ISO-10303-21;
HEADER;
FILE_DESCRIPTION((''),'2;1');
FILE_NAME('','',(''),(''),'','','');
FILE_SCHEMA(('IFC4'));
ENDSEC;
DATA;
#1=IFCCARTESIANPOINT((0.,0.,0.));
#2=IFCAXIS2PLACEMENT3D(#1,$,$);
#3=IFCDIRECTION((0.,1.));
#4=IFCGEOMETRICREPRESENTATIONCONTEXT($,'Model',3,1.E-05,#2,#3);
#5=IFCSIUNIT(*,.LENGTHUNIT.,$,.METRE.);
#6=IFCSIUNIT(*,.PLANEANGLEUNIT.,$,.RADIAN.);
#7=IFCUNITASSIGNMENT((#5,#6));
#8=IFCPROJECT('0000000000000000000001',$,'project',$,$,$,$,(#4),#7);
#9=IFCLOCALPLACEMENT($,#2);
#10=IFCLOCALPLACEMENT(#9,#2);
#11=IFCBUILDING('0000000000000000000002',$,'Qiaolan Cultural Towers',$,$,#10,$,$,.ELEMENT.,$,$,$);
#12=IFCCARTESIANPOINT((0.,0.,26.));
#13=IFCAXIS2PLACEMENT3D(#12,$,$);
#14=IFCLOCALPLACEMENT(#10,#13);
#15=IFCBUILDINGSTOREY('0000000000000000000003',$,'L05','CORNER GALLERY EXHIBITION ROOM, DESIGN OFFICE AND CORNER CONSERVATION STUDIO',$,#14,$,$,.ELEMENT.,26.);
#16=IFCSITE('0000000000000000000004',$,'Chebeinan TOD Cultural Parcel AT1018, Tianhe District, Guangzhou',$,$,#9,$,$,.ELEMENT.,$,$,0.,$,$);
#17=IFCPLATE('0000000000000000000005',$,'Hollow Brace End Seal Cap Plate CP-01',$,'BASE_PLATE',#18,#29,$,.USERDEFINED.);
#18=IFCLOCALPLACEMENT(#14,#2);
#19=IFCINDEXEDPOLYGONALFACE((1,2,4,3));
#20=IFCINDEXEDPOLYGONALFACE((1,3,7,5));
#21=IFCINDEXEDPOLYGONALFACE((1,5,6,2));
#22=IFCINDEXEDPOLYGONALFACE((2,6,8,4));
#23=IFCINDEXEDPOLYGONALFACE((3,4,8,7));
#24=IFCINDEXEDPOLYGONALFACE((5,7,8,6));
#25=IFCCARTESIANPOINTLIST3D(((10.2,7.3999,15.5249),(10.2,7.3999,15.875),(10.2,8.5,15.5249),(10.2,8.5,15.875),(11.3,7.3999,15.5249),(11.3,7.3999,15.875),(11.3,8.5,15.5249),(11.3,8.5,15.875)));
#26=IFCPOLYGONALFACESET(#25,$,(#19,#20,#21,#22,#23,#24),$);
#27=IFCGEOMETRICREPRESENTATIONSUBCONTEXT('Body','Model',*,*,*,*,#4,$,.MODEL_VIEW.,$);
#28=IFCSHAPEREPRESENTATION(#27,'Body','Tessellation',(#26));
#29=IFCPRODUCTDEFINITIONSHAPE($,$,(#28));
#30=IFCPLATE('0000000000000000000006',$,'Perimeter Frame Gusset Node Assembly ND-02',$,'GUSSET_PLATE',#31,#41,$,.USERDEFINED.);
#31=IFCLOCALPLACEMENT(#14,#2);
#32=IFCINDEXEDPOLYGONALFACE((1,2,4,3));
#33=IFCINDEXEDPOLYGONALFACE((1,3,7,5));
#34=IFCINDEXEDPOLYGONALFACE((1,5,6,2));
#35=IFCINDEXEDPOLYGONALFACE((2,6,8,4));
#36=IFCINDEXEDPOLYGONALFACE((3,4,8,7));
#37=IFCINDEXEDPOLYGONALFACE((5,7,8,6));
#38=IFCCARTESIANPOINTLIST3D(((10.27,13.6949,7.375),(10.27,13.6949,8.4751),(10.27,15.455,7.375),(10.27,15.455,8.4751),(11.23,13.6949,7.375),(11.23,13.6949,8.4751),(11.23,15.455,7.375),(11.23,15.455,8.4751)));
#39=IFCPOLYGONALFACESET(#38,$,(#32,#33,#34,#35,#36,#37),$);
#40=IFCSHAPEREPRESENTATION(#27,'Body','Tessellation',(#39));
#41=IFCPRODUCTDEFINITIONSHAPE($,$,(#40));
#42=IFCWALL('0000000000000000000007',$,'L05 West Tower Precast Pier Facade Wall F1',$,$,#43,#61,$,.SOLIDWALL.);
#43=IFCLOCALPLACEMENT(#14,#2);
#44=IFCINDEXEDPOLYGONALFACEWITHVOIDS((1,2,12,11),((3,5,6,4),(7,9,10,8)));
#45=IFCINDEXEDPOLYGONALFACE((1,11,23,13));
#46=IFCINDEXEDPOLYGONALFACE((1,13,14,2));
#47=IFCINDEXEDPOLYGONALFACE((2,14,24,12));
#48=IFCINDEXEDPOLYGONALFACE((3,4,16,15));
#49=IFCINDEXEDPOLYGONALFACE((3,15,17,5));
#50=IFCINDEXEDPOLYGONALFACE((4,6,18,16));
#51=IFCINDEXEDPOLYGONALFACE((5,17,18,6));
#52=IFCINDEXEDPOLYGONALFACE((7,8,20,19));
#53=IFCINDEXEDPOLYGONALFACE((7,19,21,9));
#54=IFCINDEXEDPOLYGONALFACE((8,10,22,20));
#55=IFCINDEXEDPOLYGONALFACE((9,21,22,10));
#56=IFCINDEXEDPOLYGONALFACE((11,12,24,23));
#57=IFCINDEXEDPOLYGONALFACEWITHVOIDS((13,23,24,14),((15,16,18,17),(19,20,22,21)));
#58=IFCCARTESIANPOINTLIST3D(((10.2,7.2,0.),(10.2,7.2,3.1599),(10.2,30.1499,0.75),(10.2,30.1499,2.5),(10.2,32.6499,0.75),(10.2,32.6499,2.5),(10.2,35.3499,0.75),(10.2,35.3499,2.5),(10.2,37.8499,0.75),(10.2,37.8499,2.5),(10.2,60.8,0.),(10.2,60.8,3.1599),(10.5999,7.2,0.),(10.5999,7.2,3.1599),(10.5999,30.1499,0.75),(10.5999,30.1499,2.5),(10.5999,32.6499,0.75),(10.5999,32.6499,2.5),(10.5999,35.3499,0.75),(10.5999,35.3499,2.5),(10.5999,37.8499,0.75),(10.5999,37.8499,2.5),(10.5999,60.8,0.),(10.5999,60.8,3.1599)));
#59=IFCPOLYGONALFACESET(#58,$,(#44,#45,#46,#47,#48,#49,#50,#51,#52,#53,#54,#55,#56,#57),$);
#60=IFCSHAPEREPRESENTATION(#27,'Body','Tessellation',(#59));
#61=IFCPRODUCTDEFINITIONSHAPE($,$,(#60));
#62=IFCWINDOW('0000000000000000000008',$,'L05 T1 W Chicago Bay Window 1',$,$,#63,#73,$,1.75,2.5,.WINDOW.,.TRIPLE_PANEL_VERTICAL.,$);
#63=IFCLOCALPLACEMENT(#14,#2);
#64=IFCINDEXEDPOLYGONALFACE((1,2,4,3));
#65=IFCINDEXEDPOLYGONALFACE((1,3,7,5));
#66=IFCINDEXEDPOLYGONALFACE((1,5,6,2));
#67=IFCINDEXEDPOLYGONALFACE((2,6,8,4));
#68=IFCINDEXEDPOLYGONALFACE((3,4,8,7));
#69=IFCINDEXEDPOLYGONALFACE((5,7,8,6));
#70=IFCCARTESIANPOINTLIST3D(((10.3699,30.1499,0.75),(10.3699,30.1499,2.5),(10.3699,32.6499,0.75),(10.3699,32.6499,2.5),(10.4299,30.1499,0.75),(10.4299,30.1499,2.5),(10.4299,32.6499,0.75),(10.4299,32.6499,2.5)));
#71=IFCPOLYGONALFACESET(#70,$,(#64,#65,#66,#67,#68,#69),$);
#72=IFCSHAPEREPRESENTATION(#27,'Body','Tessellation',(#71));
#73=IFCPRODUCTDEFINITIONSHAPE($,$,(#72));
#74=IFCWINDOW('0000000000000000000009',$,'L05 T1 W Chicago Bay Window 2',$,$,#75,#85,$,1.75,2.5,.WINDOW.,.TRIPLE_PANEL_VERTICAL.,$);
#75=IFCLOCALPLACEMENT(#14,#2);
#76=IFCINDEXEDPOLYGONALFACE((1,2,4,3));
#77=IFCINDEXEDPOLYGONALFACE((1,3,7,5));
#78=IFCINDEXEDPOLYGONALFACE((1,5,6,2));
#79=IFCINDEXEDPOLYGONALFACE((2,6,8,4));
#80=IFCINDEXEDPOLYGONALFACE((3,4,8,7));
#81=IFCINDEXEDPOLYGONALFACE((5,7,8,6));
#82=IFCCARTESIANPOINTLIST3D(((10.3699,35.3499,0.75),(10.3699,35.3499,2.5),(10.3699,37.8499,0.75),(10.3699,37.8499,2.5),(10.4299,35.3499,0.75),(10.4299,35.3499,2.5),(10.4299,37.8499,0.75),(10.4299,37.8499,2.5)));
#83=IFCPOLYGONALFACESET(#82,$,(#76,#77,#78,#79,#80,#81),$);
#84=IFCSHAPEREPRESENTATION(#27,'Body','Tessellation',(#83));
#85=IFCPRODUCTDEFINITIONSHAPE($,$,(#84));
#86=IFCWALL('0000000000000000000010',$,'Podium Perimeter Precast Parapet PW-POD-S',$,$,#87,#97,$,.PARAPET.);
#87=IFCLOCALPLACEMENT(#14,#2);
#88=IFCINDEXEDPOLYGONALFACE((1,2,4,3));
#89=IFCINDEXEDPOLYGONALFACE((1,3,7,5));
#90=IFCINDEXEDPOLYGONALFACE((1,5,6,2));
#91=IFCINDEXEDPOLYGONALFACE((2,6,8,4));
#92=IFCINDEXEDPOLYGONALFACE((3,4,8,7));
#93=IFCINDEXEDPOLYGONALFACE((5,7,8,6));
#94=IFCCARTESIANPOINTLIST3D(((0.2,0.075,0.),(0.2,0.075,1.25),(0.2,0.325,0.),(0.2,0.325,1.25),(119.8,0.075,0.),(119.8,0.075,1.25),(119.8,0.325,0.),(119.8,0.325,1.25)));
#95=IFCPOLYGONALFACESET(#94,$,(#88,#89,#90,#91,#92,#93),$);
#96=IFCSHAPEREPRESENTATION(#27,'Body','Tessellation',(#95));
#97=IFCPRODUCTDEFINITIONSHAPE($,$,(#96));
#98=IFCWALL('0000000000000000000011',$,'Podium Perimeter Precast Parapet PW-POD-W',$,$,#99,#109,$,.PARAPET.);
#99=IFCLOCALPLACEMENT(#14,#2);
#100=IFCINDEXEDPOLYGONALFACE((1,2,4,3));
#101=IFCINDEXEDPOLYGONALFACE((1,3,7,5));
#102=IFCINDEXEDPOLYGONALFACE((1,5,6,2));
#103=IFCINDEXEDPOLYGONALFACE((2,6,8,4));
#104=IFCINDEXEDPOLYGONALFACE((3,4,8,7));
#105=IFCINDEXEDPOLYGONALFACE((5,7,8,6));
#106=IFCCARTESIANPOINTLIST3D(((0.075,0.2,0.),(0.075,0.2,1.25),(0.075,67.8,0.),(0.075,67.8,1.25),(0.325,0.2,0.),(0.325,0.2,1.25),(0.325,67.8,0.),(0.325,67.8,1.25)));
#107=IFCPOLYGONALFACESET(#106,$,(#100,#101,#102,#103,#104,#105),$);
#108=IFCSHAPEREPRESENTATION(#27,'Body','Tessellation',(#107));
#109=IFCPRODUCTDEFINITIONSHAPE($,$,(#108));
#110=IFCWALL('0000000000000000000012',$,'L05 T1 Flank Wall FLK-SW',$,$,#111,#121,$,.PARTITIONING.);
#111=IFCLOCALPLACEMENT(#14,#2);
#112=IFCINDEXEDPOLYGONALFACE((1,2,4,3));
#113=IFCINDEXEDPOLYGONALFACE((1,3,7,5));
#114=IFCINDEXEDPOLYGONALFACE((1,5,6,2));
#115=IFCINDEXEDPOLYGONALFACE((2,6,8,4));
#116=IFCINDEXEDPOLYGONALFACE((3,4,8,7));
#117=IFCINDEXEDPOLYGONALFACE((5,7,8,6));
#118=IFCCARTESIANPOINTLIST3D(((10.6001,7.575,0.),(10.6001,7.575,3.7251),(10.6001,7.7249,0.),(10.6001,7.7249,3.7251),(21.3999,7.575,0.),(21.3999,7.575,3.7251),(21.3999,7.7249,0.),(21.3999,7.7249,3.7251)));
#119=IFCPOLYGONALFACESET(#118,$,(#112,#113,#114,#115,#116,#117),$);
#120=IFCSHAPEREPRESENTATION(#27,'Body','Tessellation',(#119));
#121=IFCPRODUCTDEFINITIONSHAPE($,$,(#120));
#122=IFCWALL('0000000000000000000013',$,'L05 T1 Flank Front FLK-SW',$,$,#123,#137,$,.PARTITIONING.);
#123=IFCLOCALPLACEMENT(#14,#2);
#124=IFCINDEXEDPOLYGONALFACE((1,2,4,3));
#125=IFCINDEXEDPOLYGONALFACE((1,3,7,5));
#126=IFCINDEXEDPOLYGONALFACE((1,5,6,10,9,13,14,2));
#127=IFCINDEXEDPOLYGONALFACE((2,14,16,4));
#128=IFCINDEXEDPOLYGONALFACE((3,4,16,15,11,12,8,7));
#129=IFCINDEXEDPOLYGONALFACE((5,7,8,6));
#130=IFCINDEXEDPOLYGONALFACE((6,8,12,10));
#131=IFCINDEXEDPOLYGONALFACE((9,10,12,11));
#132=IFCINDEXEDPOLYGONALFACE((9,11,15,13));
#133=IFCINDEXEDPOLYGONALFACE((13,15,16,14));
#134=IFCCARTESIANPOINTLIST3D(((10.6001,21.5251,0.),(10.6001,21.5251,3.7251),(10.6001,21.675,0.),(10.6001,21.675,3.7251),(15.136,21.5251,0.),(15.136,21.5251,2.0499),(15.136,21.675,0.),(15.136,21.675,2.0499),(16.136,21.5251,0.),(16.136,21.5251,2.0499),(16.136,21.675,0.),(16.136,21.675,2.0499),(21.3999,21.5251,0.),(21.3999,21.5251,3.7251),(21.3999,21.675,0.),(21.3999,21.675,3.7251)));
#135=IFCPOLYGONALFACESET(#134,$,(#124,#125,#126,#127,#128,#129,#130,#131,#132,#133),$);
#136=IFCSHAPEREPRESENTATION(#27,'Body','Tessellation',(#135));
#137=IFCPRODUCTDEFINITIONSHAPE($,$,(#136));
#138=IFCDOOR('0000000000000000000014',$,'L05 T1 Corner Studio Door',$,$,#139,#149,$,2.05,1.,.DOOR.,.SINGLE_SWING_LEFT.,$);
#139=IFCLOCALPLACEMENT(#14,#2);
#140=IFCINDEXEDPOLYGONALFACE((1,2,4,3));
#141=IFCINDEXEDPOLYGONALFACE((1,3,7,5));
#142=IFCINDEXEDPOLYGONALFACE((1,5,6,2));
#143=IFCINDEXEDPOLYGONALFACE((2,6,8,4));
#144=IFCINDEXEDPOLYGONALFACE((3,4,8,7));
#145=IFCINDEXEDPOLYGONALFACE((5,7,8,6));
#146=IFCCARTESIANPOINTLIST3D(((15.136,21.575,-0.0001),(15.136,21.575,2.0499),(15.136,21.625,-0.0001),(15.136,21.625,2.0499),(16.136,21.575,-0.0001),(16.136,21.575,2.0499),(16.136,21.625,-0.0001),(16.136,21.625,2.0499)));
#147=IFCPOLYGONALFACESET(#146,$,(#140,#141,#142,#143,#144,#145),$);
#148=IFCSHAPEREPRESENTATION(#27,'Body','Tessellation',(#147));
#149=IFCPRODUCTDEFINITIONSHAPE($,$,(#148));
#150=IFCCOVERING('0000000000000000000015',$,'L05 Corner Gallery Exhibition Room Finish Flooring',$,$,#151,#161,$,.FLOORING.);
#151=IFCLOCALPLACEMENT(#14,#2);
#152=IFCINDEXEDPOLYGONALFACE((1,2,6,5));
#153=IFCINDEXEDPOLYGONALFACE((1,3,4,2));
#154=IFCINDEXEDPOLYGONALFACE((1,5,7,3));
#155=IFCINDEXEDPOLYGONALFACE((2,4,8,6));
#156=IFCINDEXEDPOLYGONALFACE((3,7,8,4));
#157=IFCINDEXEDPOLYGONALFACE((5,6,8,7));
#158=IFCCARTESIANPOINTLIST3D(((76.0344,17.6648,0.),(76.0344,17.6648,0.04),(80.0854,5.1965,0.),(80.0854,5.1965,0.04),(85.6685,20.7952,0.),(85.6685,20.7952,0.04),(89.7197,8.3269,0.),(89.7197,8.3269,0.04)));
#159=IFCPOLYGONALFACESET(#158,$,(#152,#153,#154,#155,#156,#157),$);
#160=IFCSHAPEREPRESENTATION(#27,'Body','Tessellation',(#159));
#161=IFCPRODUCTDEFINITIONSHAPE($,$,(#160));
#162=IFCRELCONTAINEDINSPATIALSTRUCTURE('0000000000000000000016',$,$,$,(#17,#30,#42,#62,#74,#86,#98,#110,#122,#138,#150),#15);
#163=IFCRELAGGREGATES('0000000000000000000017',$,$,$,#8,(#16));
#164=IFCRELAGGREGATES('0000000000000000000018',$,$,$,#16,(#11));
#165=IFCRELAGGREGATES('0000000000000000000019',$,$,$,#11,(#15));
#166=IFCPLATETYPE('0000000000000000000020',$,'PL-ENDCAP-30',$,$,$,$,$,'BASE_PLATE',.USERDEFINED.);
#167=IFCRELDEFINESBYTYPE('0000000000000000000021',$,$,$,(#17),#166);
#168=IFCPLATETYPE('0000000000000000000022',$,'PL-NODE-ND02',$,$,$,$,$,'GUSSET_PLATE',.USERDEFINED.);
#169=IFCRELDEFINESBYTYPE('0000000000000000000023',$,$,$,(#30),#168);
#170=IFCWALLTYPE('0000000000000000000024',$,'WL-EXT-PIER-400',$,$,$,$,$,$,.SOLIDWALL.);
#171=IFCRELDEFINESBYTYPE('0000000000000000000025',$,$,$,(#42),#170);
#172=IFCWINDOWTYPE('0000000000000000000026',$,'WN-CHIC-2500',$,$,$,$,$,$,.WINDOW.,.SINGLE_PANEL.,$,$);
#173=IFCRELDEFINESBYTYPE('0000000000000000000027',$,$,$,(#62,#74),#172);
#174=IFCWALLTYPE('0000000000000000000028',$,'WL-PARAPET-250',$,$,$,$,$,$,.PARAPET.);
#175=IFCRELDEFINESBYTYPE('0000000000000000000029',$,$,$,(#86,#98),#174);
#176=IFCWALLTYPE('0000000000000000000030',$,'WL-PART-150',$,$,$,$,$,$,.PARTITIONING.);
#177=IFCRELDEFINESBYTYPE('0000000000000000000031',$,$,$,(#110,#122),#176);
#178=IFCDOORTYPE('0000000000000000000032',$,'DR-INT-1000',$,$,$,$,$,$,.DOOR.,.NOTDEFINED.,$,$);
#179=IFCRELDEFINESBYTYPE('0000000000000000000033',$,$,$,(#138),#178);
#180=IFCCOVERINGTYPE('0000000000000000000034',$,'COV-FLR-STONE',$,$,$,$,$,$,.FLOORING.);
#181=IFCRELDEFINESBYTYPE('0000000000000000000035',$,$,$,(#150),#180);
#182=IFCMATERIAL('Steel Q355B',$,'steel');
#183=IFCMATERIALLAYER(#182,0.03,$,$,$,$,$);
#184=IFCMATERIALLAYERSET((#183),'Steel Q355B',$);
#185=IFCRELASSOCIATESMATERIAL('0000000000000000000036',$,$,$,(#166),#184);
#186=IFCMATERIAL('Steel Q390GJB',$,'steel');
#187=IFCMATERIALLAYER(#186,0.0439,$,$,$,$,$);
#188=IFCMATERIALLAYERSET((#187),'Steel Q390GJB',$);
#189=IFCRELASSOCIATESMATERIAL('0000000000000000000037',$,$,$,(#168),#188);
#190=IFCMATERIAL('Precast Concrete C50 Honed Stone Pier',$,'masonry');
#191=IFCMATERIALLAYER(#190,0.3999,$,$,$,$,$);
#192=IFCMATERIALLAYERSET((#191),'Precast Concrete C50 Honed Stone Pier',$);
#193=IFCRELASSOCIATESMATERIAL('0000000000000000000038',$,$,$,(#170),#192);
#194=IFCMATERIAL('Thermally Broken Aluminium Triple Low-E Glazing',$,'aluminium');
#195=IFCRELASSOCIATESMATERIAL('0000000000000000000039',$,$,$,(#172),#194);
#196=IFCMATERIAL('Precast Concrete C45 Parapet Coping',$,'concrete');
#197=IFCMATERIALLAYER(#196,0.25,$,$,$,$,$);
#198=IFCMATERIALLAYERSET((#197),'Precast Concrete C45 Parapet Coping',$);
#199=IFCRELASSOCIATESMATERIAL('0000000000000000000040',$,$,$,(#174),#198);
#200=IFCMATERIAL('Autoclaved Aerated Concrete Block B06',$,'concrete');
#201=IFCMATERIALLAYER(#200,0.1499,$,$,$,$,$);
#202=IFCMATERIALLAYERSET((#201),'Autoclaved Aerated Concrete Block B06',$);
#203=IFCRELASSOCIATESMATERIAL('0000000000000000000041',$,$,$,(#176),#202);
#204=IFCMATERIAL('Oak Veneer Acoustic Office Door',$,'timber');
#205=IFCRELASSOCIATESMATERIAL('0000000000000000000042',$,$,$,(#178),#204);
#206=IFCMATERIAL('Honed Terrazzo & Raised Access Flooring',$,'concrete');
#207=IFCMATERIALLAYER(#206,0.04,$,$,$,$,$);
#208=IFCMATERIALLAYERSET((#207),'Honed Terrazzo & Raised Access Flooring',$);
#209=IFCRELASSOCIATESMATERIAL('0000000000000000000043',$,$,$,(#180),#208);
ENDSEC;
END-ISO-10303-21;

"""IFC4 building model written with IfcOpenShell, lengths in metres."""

from ifc_helpers import new_model, si_unit, direction, frame, frame_2d, origin, origin_2d, place, context, subcontext, project, spatial, polyline, rectangle, outline, extrude, material, layer, layer_set, type_object, element, fill, save


model = new_model("IFC4")

# Units and contexts
model_context = context("Model", 3, precision=1e-05, world=origin(), true_north=direction((0.0, 1.0)))
body_context = subcontext(model_context, "Body", "Model", "MODEL_VIEW")
ifc_project = project(units=[si_unit("LENGTHUNIT", "METRE"), si_unit("PLANEANGLEUNIT", "RADIAN")], contexts=[model_context])

# Site, building, storey
site_placement = place(None, origin())
site = spatial("IfcSite", under=ifc_project, at=site_placement, Name="Chebeinan TOD Cultural Parcel AT1018, Tianhe District, Guangzhou", CompositionType="ELEMENT", RefElevation=0.0)
building_placement = place(site_placement, origin())
building = spatial("IfcBuilding", under=site, at=building_placement, Name="Qiaolan Cultural Towers", CompositionType="ELEMENT")
storey_placement = place(building_placement, frame((0.0, 0.0, 26.0)))
storey = spatial("IfcBuildingStorey", under=building, at=storey_placement, Name="L05", Description="CORNER GALLERY EXHIBITION ROOM, DESIGN OFFICE AND CORNER CONSERVATION STUDIO", CompositionType="ELEMENT", Elevation=26.0)

# Plates
ifc_material_1 = material(Name="Steel Q355B", Category="steel")
ifc_layer_1 = layer(ifc_material_1, 0.03)
ifc_layer_set_1 = layer_set([ifc_layer_1], Name="Steel Q355B")
plate_type_1 = type_object("IfcPlateType", Name="PL-ENDCAP-30", ElementType="BASE_PLATE", PredefinedType="USERDEFINED", material=ifc_layer_set_1)
for number, where, z_axis, x_axis, name in (
    (1, (10.75, 7.95, 15.5249), (0.0, 0.0, 1.0), (0.0, 1.0, 0.0), "Hollow Brace End Seal Cap Plate CP-01"),
):
    element("IfcPlate", number, at=place(storey_placement, frame(where, z_axis=z_axis, x_axis=x_axis)), inside=storey, type_object=plate_type_1, Name=name, ObjectType="BASE_PLATE", PredefinedType="USERDEFINED", context=body_context, shape_type="SweptSolid", body=[
        extrude(rectangle(XDim=1.1001, YDim=1.1001, at=origin_2d()), origin(), (0.0, 0.0, 1.0), 0.3501),
    ])
ifc_material_2 = material(Name="Steel Q390GJB", Category="steel")
ifc_layer_2 = layer(ifc_material_2, 0.0439)
ifc_layer_set_2 = layer_set([ifc_layer_2], Name="Steel Q390GJB")
plate_type_2 = type_object("IfcPlateType", Name="PL-NODE-ND02", ElementType="GUSSET_PLATE", PredefinedType="USERDEFINED", material=ifc_layer_set_2)
plate_placement = place(storey_placement, frame((10.75, 14.575, 7.375), z_axis=(0.0, 0.0, 1.0), x_axis=(0.0, 1.0, 0.0)))
element("IfcPlate", 2, at=plate_placement, inside=storey, type_object=plate_type_2, Name="Perimeter Frame Gusset Node Assembly ND-02", ObjectType="GUSSET_PLATE", PredefinedType="USERDEFINED", context=body_context, shape_type="SweptSolid", body=[
    extrude(rectangle(XDim=1.76, YDim=0.96, at=origin_2d()), origin(), (0.0, 0.0, 1.0), 1.1001),
])

# Wall, openings, windows
ifc_material_3 = material(Name="Precast Concrete C50 Honed Stone Pier", Category="masonry")
ifc_layer_3 = layer(ifc_material_3, 0.3999)
ifc_layer_set_3 = layer_set([ifc_layer_3], Name="Precast Concrete C50 Honed Stone Pier")
wall_type_1 = type_object("IfcWallType", Name="WL-EXT-PIER-400", PredefinedType="SOLIDWALL", material=ifc_layer_set_3)
wall_1_placement = place(storey_placement, frame((10.3999, 7.2, 0.0), z_axis=(0.0, 0.0, 1.0), x_axis=(0.0, 1.0, 0.0)))
wall_1 = element("IfcWall", 3, at=wall_1_placement, inside=storey, type_object=wall_type_1, Name="L05 West Tower Precast Pier Facade Wall F1", PredefinedType="SOLIDWALL", context=body_context, shape_type="SweptSolid", body=[
    extrude(rectangle(XDim=53.6001, YDim=0.3999, at=frame_2d((26.8, 0.0))), origin(), (0.0, 0.0, 1.0), 3.1599),
])
opening_1_placement = place(wall_1_placement, frame((22.95, 0.0, 0.75)))
opening_1 = element("IfcOpeningElement", 4, at=opening_1_placement, cuts=wall_1, PredefinedType="OPENING", context=body_context, shape_type="SweptSolid", body=[
    extrude(rectangle(XDim=2.5, YDim=1.75, at=frame_2d((1.25, 0.875))), frame((0.0, 0.21, 0.0), z_axis=(0.0, -1.0, 0.0), x_axis=(1.0, 0.0, 0.0)), (0.0, 0.0, 1.0), 0.4199),
])
opening_2_placement = place(wall_1_placement, frame((28.1499, 0.0, 0.75)))
opening_2 = element("IfcOpeningElement", 5, at=opening_2_placement, cuts=wall_1, PredefinedType="OPENING", context=body_context, shape_type="SweptSolid", body=[
    extrude(rectangle(XDim=2.5, YDim=1.75, at=frame_2d((1.25, 0.875))), frame((0.0, 0.21, 0.0), z_axis=(0.0, -1.0, 0.0), x_axis=(1.0, 0.0, 0.0)), (0.0, 0.0, 1.0), 0.4199),
])
ifc_material_4 = material(Name="Thermally Broken Aluminium Triple Low-E Glazing", Category="aluminium")
window_type = type_object("IfcWindowType", Name="WN-CHIC-2500", PartitioningType="SINGLE_PANEL", PredefinedType="WINDOW", material=ifc_material_4)
window_1_placement = place(opening_1_placement, origin())
window_1 = element("IfcWindow", 6, at=window_1_placement, inside=storey, type_object=window_type, Name="L05 T1 W Chicago Bay Window 1", OverallHeight=1.75, OverallWidth=2.5, PartitioningType="TRIPLE_PANEL_VERTICAL", PredefinedType="WINDOW", context=body_context, shape_type="SweptSolid", body=[
    extrude(rectangle(XDim=2.5, YDim=1.75, at=frame_2d((1.25, 0.875))), frame((0.0, 0.03, 0.0), z_axis=(0.0, -1.0, 0.0), x_axis=(1.0, 0.0, 0.0)), (0.0, 0.0, 1.0), 0.0601),
])
fill(opening_1, window_1)
window_2_placement = place(opening_2_placement, origin())
window_2 = element("IfcWindow", 7, at=window_2_placement, inside=storey, type_object=window_type, Name="L05 T1 W Chicago Bay Window 2", OverallHeight=1.75, OverallWidth=2.5, PartitioningType="TRIPLE_PANEL_VERTICAL", PredefinedType="WINDOW", context=body_context, shape_type="SweptSolid", body=[
    extrude(rectangle(XDim=2.5, YDim=1.75, at=frame_2d((1.25, 0.875))), frame((0.0, 0.03, 0.0), z_axis=(0.0, -1.0, 0.0), x_axis=(1.0, 0.0, 0.0)), (0.0, 0.0, 1.0), 0.0601),
])
fill(opening_2, window_2)

# Walls
ifc_material_5 = material(Name="Precast Concrete C45 Parapet Coping", Category="concrete")
ifc_layer_4 = layer(ifc_material_5, 0.25)
ifc_layer_set_4 = layer_set([ifc_layer_4], Name="Precast Concrete C45 Parapet Coping")
wall_type_2 = type_object("IfcWallType", Name="WL-PARAPET-250", PredefinedType="PARAPET", material=ifc_layer_set_4)
wall_2_placement = place(storey_placement, frame((0.2, 0.2, 0.0), z_axis=(0.0, 0.0, 1.0), x_axis=(1.0, 0.0, 0.0)))
element("IfcWall", 8, at=wall_2_placement, inside=storey, type_object=wall_type_2, Name="Podium Perimeter Precast Parapet PW-POD-S", PredefinedType="PARAPET", context=body_context, shape_type="SweptSolid", body=[
    extrude(rectangle(XDim=119.6001, YDim=0.25, at=frame_2d((59.8, 0.0))), origin(), (0.0, 0.0, 1.0), 1.25),
])
wall_3_placement = place(storey_placement, frame((0.2, 0.2, 0.0), z_axis=(0.0, 0.0, 1.0), x_axis=(0.0, 1.0, 0.0)))
element("IfcWall", 9, at=wall_3_placement, inside=storey, type_object=wall_type_2, Name="Podium Perimeter Precast Parapet PW-POD-W", PredefinedType="PARAPET", context=body_context, shape_type="SweptSolid", body=[
    extrude(rectangle(XDim=67.6001, YDim=0.25, at=frame_2d((33.8, 0.0))), origin(), (0.0, 0.0, 1.0), 1.25),
])
ifc_material_6 = material(Name="Autoclaved Aerated Concrete Block B06", Category="concrete")
ifc_layer_5 = layer(ifc_material_6, 0.1499)
ifc_layer_set_5 = layer_set([ifc_layer_5], Name="Autoclaved Aerated Concrete Block B06")
wall_type_3 = type_object("IfcWallType", Name="WL-PART-150", PredefinedType="PARTITIONING", material=ifc_layer_set_5)
wall_4_placement = place(storey_placement, frame((10.6001, 7.6499, 0.0), z_axis=(0.0, 0.0, 1.0), x_axis=(1.0, 0.0, 0.0)))
element("IfcWall", 10, at=wall_4_placement, inside=storey, type_object=wall_type_3, Name="L05 T1 Flank Wall FLK-SW", PredefinedType="PARTITIONING", context=body_context, shape_type="SweptSolid", body=[
    extrude(rectangle(XDim=10.7998, YDim=0.1499, at=frame_2d((5.3999, 0.0))), origin(), (0.0, 0.0, 1.0), 3.7251),
])

# Wall, opening, door
wall_5_placement = place(storey_placement, frame((10.6001, 21.6001, 0.0), z_axis=(0.0, 0.0, 1.0), x_axis=(1.0, 0.0, 0.0)))
wall_5 = element("IfcWall", 11, at=wall_5_placement, inside=storey, type_object=wall_type_3, Name="L05 T1 Flank Front FLK-SW", PredefinedType="PARTITIONING", context=body_context, shape_type="SweptSolid", body=[
    extrude(rectangle(XDim=10.7998, YDim=0.1499, at=frame_2d((5.3999, 0.0))), origin(), (0.0, 0.0, 1.0), 3.7251),
])
opening_3_placement = place(wall_5_placement, frame((4.5359, 0.0, 0.0)))
opening_3 = element("IfcOpeningElement", 12, at=opening_3_placement, cuts=wall_5, PredefinedType="OPENING", context=body_context, shape_type="SweptSolid", body=[
    extrude(rectangle(XDim=1.0, YDim=2.05, at=frame_2d((0.5, 1.0249))), frame((0.0, 0.085, 0.0), z_axis=(0.0, -1.0, 0.0), x_axis=(1.0, 0.0, 0.0)), (0.0, 0.0, 1.0), 0.1699),
])
ifc_material_7 = material(Name="Oak Veneer Acoustic Office Door", Category="timber")
door_type = type_object("IfcDoorType", Name="DR-INT-1000", OperationType="NOTDEFINED", PredefinedType="DOOR", material=ifc_material_7)
door_placement = place(opening_3_placement, origin())
door = element("IfcDoor", 13, at=door_placement, inside=storey, type_object=door_type, Name="L05 T1 Corner Studio Door", OperationType="SINGLE_SWING_LEFT", OverallHeight=2.05, OverallWidth=1.0, PredefinedType="DOOR", context=body_context, shape_type="SweptSolid", body=[
    extrude(rectangle(XDim=1.0, YDim=2.05, at=frame_2d((0.5, 1.0249))), frame((0.0, 0.0249, 0.0), z_axis=(0.0, -1.0, 0.0), x_axis=(1.0, 0.0, 0.0)), (0.0, 0.0, 1.0), 0.05),
])
fill(opening_3, door)

# Covering
ifc_material_8 = material(Name="Honed Terrazzo & Raised Access Flooring", Category="concrete")
ifc_layer_6 = layer(ifc_material_8, 0.04)
ifc_layer_set_6 = layer_set([ifc_layer_6], Name="Honed Terrazzo & Raised Access Flooring")
covering_type = type_object("IfcCoveringType", Name="COV-FLR-STONE", PredefinedType="FLOORING", material=ifc_layer_set_6)
covering_1_placement = place(storey_placement, origin())
element("IfcCovering", 14, at=covering_1_placement, inside=storey, type_object=covering_type, Name="L05 Corner Gallery Exhibition Room Finish Flooring", PredefinedType="FLOORING", context=body_context, shape_type="SweptSolid", body=[
    extrude(outline(polyline([(89.7197, 8.3269), (85.6685, 20.7952), (76.0344, 17.6648), (80.0854, 5.1965), (89.7197, 8.3269)])), origin(), (0.0, 0.0, 1.0), 0.04),
])

save(model, "model.ifc")
